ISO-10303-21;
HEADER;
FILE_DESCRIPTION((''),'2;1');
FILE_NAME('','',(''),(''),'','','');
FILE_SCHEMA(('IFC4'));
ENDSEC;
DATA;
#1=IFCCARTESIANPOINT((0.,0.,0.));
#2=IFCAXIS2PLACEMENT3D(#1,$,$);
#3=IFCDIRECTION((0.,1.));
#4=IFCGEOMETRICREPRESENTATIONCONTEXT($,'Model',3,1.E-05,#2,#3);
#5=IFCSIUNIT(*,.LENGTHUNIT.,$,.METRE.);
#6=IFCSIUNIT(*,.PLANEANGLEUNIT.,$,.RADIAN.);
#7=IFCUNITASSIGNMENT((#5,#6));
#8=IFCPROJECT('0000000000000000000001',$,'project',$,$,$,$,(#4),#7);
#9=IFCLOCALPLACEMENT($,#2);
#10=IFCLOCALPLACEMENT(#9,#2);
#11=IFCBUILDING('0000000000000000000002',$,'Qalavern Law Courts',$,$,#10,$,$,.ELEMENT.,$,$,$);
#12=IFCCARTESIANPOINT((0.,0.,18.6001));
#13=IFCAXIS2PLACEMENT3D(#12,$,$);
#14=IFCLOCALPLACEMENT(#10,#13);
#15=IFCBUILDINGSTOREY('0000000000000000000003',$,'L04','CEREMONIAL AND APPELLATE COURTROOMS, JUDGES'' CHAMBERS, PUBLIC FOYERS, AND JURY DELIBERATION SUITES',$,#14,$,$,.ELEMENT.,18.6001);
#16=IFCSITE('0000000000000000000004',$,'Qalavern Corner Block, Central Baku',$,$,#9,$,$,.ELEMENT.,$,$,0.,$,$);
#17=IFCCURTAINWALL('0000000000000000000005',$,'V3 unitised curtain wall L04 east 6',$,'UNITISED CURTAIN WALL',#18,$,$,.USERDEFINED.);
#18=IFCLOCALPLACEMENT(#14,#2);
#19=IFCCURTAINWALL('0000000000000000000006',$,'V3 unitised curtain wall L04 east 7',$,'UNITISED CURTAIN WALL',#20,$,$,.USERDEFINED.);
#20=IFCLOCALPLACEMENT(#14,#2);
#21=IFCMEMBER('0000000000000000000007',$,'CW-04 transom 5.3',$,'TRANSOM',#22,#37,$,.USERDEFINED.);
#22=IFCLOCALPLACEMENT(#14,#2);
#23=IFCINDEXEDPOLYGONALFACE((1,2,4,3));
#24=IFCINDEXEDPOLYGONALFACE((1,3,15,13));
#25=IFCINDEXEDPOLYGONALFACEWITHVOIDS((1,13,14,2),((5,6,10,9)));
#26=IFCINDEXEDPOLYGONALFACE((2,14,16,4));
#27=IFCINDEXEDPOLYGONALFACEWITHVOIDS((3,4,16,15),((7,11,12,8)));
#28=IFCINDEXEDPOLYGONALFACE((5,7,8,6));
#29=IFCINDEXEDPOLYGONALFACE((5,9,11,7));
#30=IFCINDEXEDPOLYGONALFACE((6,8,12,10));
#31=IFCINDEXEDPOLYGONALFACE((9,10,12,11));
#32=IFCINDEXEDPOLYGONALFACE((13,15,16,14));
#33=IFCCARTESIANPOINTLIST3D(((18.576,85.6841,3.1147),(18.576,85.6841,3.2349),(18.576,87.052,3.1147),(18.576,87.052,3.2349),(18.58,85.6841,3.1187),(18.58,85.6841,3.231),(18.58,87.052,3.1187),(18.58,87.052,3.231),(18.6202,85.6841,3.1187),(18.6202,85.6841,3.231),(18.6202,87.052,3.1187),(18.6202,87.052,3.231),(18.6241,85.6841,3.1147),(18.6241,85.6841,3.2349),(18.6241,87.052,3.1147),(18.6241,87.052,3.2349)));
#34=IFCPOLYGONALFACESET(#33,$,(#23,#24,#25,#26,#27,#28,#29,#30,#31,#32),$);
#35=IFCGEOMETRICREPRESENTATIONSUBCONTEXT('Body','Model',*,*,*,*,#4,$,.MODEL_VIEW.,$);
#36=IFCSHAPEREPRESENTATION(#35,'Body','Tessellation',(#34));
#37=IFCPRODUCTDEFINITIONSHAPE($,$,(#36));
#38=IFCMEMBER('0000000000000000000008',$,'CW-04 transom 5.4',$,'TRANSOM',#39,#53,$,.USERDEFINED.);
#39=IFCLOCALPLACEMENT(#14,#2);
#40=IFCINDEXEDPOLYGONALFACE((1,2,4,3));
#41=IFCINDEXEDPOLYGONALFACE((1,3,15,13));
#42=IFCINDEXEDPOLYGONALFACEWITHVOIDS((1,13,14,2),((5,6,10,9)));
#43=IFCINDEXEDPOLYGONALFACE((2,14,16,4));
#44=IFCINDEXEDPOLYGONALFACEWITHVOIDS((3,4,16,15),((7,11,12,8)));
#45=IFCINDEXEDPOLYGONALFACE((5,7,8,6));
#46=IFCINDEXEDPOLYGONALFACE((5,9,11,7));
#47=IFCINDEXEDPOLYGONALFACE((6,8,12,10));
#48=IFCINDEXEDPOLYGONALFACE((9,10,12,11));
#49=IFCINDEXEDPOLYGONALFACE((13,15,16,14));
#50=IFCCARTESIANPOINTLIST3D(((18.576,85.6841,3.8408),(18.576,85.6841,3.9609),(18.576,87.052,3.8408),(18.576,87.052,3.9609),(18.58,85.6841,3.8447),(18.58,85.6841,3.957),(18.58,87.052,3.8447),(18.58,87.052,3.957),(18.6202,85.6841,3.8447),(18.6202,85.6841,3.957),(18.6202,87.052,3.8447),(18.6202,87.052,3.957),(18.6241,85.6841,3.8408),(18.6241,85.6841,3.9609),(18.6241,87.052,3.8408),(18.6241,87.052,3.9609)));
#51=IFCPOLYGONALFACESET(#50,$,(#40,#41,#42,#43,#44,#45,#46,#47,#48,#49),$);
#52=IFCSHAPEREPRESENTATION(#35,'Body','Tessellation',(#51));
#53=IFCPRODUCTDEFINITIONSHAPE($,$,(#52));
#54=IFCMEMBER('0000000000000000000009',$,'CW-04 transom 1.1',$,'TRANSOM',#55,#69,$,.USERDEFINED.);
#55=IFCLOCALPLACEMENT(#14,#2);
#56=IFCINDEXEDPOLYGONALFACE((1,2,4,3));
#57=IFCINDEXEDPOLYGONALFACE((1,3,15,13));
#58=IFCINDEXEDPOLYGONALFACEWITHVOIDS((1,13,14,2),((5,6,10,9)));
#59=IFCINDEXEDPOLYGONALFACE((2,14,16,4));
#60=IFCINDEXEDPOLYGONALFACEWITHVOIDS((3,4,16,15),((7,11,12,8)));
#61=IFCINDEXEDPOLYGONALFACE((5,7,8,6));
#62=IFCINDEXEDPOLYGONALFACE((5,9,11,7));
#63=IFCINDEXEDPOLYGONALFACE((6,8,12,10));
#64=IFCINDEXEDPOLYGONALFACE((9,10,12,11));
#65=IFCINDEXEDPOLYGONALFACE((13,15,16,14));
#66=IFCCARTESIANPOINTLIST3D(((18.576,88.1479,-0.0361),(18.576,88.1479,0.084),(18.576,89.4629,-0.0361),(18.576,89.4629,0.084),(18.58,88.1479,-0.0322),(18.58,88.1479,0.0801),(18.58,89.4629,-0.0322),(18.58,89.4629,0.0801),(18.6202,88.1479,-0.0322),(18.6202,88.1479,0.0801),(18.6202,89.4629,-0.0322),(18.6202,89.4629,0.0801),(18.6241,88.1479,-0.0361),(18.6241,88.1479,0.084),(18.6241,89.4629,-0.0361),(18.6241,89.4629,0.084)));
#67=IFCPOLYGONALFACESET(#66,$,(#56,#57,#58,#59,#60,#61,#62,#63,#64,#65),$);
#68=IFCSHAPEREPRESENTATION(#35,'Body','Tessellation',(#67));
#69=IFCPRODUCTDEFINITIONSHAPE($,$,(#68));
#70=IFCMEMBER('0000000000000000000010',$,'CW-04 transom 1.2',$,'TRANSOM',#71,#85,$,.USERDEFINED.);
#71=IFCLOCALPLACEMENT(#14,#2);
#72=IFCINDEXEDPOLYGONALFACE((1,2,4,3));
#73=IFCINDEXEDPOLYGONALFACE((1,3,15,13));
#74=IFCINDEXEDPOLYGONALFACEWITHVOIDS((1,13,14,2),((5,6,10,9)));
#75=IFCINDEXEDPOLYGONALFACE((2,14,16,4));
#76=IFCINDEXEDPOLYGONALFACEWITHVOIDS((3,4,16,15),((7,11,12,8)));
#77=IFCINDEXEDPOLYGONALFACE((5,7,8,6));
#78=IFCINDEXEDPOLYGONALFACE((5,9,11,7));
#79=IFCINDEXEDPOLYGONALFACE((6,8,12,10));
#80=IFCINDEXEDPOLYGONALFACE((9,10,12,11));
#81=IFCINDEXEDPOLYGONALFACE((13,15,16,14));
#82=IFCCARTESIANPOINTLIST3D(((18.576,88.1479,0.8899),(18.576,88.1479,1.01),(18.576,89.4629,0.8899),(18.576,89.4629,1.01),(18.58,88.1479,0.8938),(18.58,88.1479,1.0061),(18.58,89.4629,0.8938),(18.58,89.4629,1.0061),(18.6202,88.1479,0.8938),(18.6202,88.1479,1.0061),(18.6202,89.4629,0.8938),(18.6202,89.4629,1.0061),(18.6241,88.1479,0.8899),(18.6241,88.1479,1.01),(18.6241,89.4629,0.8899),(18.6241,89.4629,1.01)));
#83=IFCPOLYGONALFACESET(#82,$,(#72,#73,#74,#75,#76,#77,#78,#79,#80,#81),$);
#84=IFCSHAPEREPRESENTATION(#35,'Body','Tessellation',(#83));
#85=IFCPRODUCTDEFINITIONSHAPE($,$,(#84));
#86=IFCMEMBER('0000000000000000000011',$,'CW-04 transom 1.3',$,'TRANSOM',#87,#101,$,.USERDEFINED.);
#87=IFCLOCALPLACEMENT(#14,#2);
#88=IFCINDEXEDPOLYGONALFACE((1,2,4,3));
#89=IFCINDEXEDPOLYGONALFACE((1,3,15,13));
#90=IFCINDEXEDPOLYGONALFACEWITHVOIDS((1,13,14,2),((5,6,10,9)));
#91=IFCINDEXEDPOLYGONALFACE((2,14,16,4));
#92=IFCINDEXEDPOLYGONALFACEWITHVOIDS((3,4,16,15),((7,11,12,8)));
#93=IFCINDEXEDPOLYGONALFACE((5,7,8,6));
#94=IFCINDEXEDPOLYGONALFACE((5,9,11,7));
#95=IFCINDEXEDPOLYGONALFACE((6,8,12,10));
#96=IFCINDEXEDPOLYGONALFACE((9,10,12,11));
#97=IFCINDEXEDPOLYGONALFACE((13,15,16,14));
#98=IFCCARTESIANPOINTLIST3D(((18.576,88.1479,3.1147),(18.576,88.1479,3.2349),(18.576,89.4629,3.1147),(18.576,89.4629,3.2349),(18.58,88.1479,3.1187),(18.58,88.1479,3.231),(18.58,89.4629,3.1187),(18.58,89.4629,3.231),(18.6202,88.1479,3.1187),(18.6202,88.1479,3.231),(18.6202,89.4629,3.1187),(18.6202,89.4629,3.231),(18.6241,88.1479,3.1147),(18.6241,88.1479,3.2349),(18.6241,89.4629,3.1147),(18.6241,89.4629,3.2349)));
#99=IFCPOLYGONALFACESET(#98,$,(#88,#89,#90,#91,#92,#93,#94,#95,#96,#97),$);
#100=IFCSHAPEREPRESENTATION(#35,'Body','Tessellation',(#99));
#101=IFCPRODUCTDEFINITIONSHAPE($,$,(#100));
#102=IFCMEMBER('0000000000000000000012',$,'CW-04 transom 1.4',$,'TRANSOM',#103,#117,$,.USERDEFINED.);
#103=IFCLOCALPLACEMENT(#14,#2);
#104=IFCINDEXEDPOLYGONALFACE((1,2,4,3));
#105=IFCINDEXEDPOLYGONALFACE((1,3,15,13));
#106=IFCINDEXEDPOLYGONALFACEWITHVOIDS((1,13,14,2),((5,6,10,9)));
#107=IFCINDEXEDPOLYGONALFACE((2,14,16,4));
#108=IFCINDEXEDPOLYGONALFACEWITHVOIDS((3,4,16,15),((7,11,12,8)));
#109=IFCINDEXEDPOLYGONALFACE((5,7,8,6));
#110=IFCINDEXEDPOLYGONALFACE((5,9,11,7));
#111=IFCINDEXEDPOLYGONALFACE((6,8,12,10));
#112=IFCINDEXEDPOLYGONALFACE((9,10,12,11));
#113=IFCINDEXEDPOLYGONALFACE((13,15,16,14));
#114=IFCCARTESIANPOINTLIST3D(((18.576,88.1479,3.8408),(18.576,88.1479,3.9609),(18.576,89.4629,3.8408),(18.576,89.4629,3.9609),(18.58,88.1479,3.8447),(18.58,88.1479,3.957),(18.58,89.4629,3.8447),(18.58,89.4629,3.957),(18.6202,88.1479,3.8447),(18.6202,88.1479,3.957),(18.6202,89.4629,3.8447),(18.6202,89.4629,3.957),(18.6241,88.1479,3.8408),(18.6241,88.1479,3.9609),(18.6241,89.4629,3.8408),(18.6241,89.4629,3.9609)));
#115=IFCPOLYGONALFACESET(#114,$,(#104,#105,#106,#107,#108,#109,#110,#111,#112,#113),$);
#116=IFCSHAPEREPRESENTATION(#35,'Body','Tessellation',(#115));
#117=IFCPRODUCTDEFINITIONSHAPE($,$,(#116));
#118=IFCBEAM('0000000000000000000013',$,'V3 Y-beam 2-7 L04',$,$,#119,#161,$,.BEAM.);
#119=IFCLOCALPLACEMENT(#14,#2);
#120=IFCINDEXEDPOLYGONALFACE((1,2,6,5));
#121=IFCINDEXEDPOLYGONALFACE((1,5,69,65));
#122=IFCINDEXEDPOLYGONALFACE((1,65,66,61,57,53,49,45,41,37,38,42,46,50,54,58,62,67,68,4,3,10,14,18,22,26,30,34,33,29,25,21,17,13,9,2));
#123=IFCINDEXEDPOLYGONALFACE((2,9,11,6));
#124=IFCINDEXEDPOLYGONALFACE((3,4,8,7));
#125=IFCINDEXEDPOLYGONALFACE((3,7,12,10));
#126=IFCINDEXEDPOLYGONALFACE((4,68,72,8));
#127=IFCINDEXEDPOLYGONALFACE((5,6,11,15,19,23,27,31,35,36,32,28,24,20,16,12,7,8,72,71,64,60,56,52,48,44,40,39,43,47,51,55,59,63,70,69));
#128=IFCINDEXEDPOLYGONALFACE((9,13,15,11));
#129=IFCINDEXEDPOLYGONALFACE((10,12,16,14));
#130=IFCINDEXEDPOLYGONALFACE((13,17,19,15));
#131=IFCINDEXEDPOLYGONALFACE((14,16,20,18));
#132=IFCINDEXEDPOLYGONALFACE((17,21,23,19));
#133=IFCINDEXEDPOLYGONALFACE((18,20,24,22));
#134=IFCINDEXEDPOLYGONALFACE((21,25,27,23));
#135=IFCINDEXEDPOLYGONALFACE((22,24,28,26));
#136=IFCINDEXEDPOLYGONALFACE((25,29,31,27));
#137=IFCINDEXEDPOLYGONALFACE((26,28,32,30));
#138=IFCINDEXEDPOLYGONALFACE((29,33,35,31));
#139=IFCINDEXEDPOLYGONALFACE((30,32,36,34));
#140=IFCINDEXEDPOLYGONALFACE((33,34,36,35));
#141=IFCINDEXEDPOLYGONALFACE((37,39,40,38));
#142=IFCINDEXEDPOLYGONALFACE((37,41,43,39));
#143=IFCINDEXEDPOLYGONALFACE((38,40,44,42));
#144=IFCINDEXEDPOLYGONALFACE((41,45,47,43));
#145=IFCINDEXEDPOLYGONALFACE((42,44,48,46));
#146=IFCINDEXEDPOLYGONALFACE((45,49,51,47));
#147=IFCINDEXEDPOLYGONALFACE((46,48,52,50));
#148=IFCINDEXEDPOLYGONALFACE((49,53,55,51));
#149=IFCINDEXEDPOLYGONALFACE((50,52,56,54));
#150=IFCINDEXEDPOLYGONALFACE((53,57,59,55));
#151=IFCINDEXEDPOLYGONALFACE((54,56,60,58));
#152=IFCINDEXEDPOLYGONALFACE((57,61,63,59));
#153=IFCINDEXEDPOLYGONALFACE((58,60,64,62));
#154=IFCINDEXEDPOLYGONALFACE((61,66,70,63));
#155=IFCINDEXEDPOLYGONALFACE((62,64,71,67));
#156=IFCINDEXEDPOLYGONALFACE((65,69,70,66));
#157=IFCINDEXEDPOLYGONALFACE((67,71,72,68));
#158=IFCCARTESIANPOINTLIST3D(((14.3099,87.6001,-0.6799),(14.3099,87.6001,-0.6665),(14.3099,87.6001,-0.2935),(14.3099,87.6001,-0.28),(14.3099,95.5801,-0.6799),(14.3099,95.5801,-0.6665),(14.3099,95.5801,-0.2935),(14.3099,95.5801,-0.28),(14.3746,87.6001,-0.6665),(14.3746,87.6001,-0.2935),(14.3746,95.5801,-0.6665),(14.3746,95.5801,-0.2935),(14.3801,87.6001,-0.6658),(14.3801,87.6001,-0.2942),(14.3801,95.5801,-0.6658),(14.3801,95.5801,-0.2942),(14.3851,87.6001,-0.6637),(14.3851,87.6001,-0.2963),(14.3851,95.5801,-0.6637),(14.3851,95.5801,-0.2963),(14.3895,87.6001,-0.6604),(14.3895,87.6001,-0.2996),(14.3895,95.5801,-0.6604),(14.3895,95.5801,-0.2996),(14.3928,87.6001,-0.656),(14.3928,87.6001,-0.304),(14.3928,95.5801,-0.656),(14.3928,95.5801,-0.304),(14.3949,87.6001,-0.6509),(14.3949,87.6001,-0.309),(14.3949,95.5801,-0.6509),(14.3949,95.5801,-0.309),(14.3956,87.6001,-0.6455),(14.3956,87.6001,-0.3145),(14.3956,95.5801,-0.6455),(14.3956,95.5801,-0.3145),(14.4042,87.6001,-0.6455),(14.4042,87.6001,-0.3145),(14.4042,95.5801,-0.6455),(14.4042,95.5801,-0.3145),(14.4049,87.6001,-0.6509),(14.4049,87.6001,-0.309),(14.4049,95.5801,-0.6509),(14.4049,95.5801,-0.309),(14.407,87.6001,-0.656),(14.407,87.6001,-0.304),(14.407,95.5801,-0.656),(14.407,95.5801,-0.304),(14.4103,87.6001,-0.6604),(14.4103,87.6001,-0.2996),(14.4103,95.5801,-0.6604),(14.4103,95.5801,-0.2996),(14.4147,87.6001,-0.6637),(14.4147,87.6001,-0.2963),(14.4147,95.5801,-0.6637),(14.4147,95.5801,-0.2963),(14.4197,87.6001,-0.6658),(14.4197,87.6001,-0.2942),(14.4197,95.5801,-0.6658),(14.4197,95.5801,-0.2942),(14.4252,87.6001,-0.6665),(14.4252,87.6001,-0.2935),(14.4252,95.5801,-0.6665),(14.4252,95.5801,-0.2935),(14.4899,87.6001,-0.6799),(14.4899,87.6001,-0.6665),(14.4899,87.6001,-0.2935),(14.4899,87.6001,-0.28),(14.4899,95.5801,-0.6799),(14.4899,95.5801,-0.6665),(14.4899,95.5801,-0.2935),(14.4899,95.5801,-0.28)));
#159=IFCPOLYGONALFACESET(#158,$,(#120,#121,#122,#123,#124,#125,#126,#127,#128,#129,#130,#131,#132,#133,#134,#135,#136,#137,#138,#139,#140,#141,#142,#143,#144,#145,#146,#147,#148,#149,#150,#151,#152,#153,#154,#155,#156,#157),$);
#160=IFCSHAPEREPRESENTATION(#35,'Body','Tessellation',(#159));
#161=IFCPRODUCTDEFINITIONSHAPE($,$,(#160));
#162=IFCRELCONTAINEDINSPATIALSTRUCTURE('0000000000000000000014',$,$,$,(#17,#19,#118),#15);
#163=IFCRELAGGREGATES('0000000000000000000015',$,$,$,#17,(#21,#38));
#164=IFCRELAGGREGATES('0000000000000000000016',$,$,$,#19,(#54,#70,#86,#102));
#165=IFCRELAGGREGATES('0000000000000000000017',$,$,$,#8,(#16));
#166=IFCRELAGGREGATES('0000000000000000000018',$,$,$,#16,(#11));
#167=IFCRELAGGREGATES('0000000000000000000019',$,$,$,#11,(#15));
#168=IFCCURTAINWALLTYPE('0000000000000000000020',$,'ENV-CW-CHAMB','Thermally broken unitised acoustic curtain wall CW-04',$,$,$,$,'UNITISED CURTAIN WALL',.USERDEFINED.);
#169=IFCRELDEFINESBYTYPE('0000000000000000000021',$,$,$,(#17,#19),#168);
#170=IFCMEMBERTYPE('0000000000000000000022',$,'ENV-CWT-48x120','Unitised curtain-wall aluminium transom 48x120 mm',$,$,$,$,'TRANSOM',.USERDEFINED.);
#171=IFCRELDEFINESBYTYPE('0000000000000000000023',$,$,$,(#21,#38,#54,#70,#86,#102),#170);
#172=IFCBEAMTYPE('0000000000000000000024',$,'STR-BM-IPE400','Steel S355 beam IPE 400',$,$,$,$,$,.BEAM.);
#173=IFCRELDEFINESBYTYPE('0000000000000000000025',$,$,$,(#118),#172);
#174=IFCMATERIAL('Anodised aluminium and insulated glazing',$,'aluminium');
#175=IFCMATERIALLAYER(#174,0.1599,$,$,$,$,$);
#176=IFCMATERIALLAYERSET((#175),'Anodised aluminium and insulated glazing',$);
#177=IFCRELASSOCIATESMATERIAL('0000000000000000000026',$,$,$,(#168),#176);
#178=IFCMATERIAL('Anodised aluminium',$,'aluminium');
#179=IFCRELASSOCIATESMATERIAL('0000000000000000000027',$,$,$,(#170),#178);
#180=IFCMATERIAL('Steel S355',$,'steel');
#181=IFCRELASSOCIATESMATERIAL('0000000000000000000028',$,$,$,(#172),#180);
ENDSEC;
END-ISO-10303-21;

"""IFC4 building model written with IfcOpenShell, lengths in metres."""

from ifc_helpers import new_model, si_unit, direction, frame, origin, origin_2d, place, context, subcontext, project, spatial, hollow_rectangle, i_section, extrude, material, layer, layer_set, material_profile, profile_set, type_object, element, aggregate, save


model = new_model("IFC4")

# Units and contexts
model_context = context("Model", 3, precision=1e-05, world=origin(), true_north=direction((0.0, 1.0)))
body_context = subcontext(model_context, "Body", "Model", "MODEL_VIEW")
ifc_project = project(units=[si_unit("LENGTHUNIT", "METRE"), si_unit("PLANEANGLEUNIT", "RADIAN")], contexts=[model_context])

# Site, building, storey
site_placement = place(None, origin())
site = spatial("IfcSite", under=ifc_project, at=site_placement, Name="Qalavern Corner Block, Central Baku", CompositionType="ELEMENT", RefElevation=0.0)
building_placement = place(site_placement, origin())
building = spatial("IfcBuilding", under=site, at=building_placement, Name="Qalavern Law Courts", CompositionType="ELEMENT")
storey_placement = place(building_placement, frame((0.0, 0.0, 18.6001)))
storey = spatial("IfcBuildingStorey", under=building, at=storey_placement, Name="L04", Description="CEREMONIAL AND APPELLATE COURTROOMS, JUDGES' CHAMBERS, PUBLIC FOYERS, AND JURY DELIBERATION SUITES", CompositionType="ELEMENT", Elevation=18.6001)

# Curtain wall
ifc_material_1 = material(Name="Anodised aluminium and insulated glazing", Category="aluminium")
ifc_layer_1 = layer(ifc_material_1, 0.1599)
ifc_layer_set_1 = layer_set([ifc_layer_1], Name="Anodised aluminium and insulated glazing")
curtain_wall_type = type_object("IfcCurtainWallType", Name="ENV-CW-CHAMB", Description="Thermally broken unitised acoustic curtain wall CW-04", ElementType="UNITISED CURTAIN WALL", PredefinedType="USERDEFINED", material=ifc_layer_set_1)
curtain_wall_1_placement = place(storey_placement, origin())
curtain_wall_1 = element("IfcCurtainWall", 1, at=curtain_wall_1_placement, inside=storey, type_object=curtain_wall_type, Name="V3 unitised curtain wall L04 east 6", ObjectType="UNITISED CURTAIN WALL", PredefinedType="USERDEFINED")
ifc_material_2 = material(Name="Anodised aluminium", Category="aluminium")

# Curtain wall
curtain_wall_2_placement = place(storey_placement, origin())
curtain_wall_2 = element("IfcCurtainWall", 2, at=curtain_wall_2_placement, inside=storey, type_object=curtain_wall_type, Name="V3 unitised curtain wall L04 east 7", ObjectType="UNITISED CURTAIN WALL", PredefinedType="USERDEFINED")

# Members
ifc_material_profile_1 = material_profile(ifc_material_2, hollow_rectangle(XDim=0.0481, YDim=0.1201, WallThickness=0.0039, at=origin_2d()), Name="ALU TRANSOM 48x120")
ifc_profile_set_1 = profile_set([ifc_material_profile_1], Name="Anodised aluminium")
member_type_1 = type_object("IfcMemberType", Name="ENV-CWT-48x120", Description="Unitised curtain-wall aluminium transom 48x120 mm", ElementType="TRANSOM", PredefinedType="USERDEFINED", material=ifc_profile_set_1)
member_1_placement = place(storey_placement, frame((18.6001, 85.6841, 3.1748), z_axis=(0.0, 1.0, 0.0), x_axis=(-1.0, 0.0, 0.0)))
member_1 = element("IfcMember", 3, at=member_1_placement, type_object=member_type_1, Name="CW-04 transom 5.3", ObjectType="TRANSOM", PredefinedType="USERDEFINED", context=body_context, shape_type="SweptSolid", body=[
    extrude(hollow_rectangle(XDim=0.0481, YDim=0.1201, WallThickness=0.0039, at=origin_2d()), origin(), (0.0, 0.0, 1.0), 1.3679),
])
member_2_placement = place(storey_placement, frame((18.6001, 85.6841, 3.9009), z_axis=(0.0, 1.0, 0.0), x_axis=(-1.0, 0.0, 0.0)))
member_2 = element("IfcMember", 4, at=member_2_placement, type_object=member_type_1, Name="CW-04 transom 5.4", ObjectType="TRANSOM", PredefinedType="USERDEFINED", context=body_context, shape_type="SweptSolid", body=[
    extrude(hollow_rectangle(XDim=0.0481, YDim=0.1201, WallThickness=0.0039, at=origin_2d()), origin(), (0.0, 0.0, 1.0), 1.3679),
])
member_3_placement = place(storey_placement, frame((18.6001, 88.1479, 0.0239), z_axis=(0.0, 1.0, 0.0), x_axis=(-1.0, 0.0, 0.0)))
member_3 = element("IfcMember", 5, at=member_3_placement, type_object=member_type_1, Name="CW-04 transom 1.1", ObjectType="TRANSOM", PredefinedType="USERDEFINED", context=body_context, shape_type="SweptSolid", body=[
    extrude(hollow_rectangle(XDim=0.0481, YDim=0.1201, WallThickness=0.0039, at=origin_2d()), origin(), (0.0, 0.0, 1.0), 1.3149),
])
member_4_placement = place(storey_placement, frame((18.6001, 88.1479, 0.95), z_axis=(0.0, 1.0, 0.0), x_axis=(-1.0, 0.0, 0.0)))
member_4 = element("IfcMember", 6, at=member_4_placement, type_object=member_type_1, Name="CW-04 transom 1.2", ObjectType="TRANSOM", PredefinedType="USERDEFINED", context=body_context, shape_type="SweptSolid", body=[
    extrude(hollow_rectangle(XDim=0.0481, YDim=0.1201, WallThickness=0.0039, at=origin_2d()), origin(), (0.0, 0.0, 1.0), 1.3149),
])
member_5_placement = place(storey_placement, frame((18.6001, 88.1479, 3.1748), z_axis=(0.0, 1.0, 0.0), x_axis=(-1.0, 0.0, 0.0)))
member_5 = element("IfcMember", 7, at=member_5_placement, type_object=member_type_1, Name="CW-04 transom 1.3", ObjectType="TRANSOM", PredefinedType="USERDEFINED", context=body_context, shape_type="SweptSolid", body=[
    extrude(hollow_rectangle(XDim=0.0481, YDim=0.1201, WallThickness=0.0039, at=origin_2d()), origin(), (0.0, 0.0, 1.0), 1.3149),
])
member_6_placement = place(storey_placement, frame((18.6001, 88.1479, 3.9009), z_axis=(0.0, 1.0, 0.0), x_axis=(-1.0, 0.0, 0.0)))
member_6 = element("IfcMember", 8, at=member_6_placement, type_object=member_type_1, Name="CW-04 transom 1.4", ObjectType="TRANSOM", PredefinedType="USERDEFINED", context=body_context, shape_type="SweptSolid", body=[
    extrude(hollow_rectangle(XDim=0.0481, YDim=0.1201, WallThickness=0.0039, at=origin_2d()), origin(), (0.0, 0.0, 1.0), 1.3149),
])

# Beam
ifc_material_3 = material(Name="Steel S355", Category="steel")
ifc_material_profile_2 = material_profile(ifc_material_3, i_section(OverallWidth=0.1799, OverallDepth=0.3999, WebThickness=0.0085, FlangeThickness=0.0134, FilletRadius=0.021, at=origin_2d()), Name="IPE 400")
ifc_profile_set_2 = profile_set([ifc_material_profile_2], Name="Steel S355")
beam_type_1 = type_object("IfcBeamType", Name="STR-BM-IPE400", Description="Steel S355 beam IPE 400", PredefinedType="BEAM", material=ifc_profile_set_2)
beam_1_placement = place(storey_placement, frame((14.3999, 87.6001, -0.48), z_axis=(0.0, 1.0, 0.0), x_axis=(-1.0, 0.0, 0.0)))
element("IfcBeam", 9, at=beam_1_placement, inside=storey, type_object=beam_type_1, Name="V3 Y-beam 2-7 L04", PredefinedType="BEAM", context=body_context, shape_type="SweptSolid", body=[
    extrude(i_section(OverallWidth=0.1799, OverallDepth=0.3999, WebThickness=0.0085, FlangeThickness=0.0134, FilletRadius=0.021, at=origin_2d()), origin(), (0.0, 0.0, 1.0), 7.98),
])

aggregate(curtain_wall_1, [member_1, member_2])
aggregate(curtain_wall_2, [member_3, member_4, member_5, member_6])

save(model, "model.ifc")
